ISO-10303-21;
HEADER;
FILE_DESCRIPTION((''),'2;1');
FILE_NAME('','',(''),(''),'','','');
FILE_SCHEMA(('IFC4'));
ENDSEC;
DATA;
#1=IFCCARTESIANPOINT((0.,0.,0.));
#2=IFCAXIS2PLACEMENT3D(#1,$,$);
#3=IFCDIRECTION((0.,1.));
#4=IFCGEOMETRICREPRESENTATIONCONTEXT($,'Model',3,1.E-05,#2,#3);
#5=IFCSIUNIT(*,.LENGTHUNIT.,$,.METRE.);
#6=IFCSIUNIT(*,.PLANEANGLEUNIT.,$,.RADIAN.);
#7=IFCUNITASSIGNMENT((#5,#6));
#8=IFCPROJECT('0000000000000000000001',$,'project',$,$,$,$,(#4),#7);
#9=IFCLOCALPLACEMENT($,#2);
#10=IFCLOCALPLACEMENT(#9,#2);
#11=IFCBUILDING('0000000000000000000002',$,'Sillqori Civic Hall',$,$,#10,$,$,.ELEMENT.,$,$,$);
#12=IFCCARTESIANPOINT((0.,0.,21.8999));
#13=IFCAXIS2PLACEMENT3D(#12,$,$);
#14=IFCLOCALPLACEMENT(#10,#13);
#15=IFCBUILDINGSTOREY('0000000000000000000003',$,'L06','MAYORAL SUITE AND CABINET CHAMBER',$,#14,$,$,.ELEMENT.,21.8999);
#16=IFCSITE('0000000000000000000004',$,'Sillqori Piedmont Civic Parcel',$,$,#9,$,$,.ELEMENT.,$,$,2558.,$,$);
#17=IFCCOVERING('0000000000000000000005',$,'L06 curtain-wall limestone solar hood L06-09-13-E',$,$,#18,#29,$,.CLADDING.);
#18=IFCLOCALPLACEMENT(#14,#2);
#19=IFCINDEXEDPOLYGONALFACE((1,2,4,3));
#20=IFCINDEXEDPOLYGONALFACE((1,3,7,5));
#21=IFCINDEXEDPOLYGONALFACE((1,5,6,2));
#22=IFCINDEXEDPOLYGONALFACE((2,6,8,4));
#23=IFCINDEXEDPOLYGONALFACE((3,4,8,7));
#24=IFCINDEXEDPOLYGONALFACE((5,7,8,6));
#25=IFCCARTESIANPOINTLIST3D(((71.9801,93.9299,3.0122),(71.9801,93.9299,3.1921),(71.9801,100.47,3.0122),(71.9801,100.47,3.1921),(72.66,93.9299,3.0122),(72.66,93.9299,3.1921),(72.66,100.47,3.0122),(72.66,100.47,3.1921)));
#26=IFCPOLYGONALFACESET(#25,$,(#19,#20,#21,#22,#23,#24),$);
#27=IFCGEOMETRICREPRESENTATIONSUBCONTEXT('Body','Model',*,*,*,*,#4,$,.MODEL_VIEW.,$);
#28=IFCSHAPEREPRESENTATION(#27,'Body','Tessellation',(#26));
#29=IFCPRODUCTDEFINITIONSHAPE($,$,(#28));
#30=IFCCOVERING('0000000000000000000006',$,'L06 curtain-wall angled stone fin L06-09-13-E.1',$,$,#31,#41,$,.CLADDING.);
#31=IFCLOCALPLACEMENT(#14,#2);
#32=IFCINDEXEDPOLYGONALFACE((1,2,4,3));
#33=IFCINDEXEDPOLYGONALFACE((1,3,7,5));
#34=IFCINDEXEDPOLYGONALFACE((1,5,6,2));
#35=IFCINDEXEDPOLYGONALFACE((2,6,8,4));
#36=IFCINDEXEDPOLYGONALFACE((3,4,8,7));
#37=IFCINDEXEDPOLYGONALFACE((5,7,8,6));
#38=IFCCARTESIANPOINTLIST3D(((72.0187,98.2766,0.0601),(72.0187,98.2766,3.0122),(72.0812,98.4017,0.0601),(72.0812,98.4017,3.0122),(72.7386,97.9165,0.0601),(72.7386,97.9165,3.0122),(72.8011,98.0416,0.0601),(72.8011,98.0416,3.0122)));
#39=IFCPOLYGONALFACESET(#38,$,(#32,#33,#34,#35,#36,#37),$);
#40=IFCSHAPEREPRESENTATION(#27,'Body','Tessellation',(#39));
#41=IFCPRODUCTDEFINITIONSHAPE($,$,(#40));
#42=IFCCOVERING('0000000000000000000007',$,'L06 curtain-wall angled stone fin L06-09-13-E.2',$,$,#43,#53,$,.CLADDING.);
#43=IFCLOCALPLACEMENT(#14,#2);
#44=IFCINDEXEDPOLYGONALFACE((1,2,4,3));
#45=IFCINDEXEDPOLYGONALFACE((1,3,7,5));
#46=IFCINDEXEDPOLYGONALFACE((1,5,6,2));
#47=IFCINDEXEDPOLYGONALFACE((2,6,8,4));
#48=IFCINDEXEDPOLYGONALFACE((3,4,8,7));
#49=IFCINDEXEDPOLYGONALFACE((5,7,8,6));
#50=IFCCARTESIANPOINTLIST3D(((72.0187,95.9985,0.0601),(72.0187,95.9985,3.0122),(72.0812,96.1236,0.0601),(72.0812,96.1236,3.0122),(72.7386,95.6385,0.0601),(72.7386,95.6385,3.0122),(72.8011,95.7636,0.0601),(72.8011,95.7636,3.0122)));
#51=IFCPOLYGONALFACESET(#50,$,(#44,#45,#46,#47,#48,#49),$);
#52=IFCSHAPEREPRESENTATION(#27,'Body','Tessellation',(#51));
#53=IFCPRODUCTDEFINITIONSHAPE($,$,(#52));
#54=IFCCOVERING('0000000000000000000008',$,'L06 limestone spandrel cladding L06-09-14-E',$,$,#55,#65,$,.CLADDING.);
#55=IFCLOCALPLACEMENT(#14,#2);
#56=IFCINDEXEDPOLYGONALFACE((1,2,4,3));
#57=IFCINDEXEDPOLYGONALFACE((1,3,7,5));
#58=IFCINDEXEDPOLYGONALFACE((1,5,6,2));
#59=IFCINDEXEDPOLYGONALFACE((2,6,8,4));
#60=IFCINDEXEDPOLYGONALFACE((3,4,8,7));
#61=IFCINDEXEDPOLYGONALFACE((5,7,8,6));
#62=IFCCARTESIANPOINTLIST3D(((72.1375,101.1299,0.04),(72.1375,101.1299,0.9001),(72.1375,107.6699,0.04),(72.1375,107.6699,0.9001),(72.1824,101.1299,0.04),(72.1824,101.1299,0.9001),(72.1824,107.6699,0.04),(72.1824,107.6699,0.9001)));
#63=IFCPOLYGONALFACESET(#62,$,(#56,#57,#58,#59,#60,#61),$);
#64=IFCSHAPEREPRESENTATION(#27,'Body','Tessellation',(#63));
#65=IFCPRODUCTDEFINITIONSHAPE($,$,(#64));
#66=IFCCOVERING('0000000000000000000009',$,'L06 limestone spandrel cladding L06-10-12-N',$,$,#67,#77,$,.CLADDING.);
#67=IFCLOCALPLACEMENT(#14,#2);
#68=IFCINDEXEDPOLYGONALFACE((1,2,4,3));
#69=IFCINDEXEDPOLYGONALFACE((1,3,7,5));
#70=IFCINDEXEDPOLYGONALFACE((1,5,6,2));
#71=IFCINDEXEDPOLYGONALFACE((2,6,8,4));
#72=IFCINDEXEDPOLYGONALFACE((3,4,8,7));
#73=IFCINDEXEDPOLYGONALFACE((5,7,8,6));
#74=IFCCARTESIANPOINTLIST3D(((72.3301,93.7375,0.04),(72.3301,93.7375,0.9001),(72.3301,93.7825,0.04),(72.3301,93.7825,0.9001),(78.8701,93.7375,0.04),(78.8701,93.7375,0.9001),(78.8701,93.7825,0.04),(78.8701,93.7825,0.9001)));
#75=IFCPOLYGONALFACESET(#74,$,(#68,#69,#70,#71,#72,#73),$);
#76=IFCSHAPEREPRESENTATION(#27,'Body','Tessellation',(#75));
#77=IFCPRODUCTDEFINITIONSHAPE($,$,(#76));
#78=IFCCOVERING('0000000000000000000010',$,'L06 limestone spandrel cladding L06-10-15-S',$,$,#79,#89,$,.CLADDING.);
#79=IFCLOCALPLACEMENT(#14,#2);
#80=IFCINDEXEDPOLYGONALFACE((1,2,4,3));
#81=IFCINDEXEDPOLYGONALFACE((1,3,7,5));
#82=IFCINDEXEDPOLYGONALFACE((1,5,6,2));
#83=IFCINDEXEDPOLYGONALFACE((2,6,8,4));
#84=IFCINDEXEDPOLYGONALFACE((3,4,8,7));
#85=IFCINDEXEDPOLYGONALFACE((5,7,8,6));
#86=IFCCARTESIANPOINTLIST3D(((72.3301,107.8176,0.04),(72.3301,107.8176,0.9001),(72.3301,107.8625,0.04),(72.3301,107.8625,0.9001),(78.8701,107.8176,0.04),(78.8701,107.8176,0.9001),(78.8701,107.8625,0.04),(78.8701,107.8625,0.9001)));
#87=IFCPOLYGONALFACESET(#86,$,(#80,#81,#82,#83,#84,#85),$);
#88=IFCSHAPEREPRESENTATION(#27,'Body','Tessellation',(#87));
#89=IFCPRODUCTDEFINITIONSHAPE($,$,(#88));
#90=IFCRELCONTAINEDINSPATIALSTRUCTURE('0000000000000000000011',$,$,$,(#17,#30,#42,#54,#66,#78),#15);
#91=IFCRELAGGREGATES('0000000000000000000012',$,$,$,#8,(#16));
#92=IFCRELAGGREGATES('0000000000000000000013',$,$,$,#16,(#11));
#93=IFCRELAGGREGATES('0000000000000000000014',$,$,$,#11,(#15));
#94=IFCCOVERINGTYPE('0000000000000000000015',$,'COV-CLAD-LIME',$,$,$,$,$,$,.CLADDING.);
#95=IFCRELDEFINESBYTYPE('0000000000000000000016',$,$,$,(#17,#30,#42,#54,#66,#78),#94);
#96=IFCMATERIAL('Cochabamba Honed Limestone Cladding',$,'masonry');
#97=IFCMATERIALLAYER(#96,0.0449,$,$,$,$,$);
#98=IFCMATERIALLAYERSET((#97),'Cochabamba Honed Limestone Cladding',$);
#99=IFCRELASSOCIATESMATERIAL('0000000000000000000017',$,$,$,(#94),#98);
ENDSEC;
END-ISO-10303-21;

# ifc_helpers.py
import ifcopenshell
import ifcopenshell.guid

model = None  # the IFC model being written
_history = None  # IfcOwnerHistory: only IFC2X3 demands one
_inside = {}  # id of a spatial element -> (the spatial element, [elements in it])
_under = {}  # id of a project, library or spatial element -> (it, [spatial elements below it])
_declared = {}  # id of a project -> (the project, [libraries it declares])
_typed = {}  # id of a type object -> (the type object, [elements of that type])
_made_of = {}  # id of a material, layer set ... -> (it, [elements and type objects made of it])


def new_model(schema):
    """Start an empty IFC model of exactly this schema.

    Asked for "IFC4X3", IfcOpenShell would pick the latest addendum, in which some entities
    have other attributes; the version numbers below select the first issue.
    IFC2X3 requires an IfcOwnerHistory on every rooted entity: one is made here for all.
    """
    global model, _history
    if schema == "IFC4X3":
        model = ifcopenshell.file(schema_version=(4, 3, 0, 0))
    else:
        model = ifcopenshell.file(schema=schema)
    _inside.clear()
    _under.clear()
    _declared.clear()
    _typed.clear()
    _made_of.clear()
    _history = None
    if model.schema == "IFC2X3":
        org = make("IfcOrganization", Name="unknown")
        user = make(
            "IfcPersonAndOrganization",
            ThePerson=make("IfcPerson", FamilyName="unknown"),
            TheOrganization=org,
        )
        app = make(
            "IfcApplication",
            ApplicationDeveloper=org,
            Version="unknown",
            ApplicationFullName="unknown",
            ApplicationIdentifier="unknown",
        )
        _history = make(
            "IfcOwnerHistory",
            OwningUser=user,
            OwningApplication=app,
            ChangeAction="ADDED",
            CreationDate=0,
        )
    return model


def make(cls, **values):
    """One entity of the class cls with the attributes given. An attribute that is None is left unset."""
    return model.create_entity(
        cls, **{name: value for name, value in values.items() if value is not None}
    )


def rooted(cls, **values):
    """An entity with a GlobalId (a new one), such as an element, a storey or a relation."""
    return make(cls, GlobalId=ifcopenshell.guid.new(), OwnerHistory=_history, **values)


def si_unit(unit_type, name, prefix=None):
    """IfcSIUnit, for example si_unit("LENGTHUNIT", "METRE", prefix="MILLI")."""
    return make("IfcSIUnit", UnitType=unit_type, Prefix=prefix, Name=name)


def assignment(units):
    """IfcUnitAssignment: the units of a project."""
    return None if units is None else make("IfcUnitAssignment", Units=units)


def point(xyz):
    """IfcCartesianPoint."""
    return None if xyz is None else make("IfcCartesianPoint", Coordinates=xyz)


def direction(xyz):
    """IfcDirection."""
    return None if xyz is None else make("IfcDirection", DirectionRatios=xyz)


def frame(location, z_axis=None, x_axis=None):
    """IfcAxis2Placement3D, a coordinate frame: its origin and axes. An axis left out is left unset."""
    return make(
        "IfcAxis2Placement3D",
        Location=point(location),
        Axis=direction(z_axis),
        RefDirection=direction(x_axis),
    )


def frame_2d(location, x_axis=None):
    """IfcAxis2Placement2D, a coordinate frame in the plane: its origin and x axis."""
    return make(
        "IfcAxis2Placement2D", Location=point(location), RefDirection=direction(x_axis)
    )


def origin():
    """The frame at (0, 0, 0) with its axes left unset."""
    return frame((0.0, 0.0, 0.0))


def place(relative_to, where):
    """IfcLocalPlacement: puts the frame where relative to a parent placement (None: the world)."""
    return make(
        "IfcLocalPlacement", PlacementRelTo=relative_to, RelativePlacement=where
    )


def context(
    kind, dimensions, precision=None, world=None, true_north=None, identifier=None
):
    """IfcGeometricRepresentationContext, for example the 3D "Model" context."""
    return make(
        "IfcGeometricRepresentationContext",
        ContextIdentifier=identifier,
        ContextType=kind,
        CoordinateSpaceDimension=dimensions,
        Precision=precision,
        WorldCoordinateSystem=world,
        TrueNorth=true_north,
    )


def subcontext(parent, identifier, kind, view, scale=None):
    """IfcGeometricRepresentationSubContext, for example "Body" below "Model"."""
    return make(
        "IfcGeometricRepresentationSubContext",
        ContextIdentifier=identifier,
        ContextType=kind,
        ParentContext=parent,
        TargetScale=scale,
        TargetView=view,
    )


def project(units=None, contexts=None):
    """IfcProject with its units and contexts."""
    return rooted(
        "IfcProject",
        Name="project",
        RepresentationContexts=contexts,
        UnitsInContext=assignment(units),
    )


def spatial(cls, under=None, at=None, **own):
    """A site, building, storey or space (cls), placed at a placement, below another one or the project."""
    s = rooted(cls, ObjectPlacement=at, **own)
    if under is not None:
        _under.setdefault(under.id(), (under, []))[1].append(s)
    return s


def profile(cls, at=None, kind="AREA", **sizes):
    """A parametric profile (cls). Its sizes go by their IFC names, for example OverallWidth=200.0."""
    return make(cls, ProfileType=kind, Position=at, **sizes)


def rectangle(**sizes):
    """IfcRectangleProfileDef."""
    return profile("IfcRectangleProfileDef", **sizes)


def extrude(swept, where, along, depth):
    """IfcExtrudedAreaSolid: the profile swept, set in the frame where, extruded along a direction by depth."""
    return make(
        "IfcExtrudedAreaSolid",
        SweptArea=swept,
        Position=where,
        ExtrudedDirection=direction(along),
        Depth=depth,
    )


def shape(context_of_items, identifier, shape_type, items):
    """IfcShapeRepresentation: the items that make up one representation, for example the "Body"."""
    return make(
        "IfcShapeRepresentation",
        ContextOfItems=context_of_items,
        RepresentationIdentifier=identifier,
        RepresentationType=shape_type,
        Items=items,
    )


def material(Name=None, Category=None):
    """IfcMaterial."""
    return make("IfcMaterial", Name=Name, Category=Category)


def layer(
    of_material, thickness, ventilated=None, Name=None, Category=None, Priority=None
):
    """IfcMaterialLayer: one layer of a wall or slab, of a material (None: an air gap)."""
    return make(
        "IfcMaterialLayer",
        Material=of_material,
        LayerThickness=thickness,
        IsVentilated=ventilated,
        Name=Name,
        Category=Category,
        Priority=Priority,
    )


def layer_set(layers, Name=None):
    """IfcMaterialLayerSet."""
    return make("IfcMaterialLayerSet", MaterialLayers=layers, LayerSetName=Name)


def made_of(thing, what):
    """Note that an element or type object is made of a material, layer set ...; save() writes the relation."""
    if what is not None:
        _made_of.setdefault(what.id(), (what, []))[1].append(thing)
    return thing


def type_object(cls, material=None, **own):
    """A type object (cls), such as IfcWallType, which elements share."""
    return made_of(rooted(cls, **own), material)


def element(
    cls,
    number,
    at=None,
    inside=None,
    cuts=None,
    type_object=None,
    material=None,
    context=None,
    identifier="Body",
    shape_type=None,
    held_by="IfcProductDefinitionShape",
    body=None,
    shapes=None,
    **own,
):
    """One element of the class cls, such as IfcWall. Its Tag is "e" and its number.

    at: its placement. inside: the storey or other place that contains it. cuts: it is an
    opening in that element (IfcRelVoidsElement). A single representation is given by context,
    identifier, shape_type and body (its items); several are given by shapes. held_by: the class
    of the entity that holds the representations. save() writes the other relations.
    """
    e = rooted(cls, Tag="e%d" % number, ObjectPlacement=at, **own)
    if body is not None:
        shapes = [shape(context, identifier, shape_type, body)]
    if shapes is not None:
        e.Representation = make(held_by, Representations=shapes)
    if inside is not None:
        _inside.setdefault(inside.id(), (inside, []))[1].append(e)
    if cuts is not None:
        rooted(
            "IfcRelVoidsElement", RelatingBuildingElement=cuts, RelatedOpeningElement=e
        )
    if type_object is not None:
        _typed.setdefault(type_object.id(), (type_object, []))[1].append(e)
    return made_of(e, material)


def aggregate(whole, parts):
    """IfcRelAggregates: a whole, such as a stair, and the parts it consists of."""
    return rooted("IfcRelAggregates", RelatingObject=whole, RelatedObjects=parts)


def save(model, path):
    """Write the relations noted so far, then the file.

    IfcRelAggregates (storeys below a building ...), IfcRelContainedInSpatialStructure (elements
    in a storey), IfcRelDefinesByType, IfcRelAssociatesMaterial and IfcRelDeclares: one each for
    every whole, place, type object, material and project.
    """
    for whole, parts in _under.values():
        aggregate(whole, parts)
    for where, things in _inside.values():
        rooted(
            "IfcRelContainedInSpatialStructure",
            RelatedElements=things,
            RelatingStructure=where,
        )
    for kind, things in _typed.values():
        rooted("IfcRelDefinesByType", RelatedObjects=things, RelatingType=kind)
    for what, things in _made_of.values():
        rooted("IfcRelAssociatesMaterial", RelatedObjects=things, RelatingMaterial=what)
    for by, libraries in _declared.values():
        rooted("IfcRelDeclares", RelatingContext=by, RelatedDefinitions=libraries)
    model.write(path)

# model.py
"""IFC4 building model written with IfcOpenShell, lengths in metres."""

from ifc_helpers import new_model, si_unit, direction, frame, frame_2d, origin, place, context, subcontext, project, spatial, rectangle, extrude, material, layer, layer_set, type_object, element, save


model = new_model("IFC4")

# Units and contexts
model_context = context("Model", 3, precision=1e-05, world=origin(), true_north=direction((0.0, 1.0)))
body_context = subcontext(model_context, "Body", "Model", "MODEL_VIEW")
ifc_project = project(units=[si_unit("LENGTHUNIT", "METRE"), si_unit("PLANEANGLEUNIT", "RADIAN")], contexts=[model_context])

# Site, building, storey
site_placement = place(None, origin())
site = spatial("IfcSite", under=ifc_project, at=site_placement, Name="Sillqori Piedmont Civic Parcel", CompositionType="ELEMENT", RefElevation=2558.0)
building_placement = place(site_placement, origin())
building = spatial("IfcBuilding", under=site, at=building_placement, Name="Sillqori Civic Hall", CompositionType="ELEMENT")
storey_placement = place(building_placement, frame((0.0, 0.0, 21.8999)))
storey = spatial("IfcBuildingStorey", under=building, at=storey_placement, Name="L06", Description="MAYORAL SUITE AND CABINET CHAMBER", CompositionType="ELEMENT", Elevation=21.8999)

# Coverings
ifc_material_1 = material(Name="Cochabamba Honed Limestone Cladding", Category="masonry")
ifc_layer_1 = layer(ifc_material_1, 0.0449)
ifc_layer_set_1 = layer_set([ifc_layer_1], Name="Cochabamba Honed Limestone Cladding")
covering_type = type_object("IfcCoveringType", Name="COV-CLAD-LIME", PredefinedType="CLADDING", material=ifc_layer_set_1)
covering_placement = place(storey_placement, frame((72.3201, 100.47, 3.0122), z_axis=(0.0, 0.0, 1.0), x_axis=(0.0, -1.0, 0.0)))
element("IfcCovering", 1, at=covering_placement, inside=storey, type_object=covering_type, Name="L06 curtain-wall limestone solar hood L06-09-13-E", PredefinedType="CLADDING", context=body_context, shape_type="SweptSolid", body=[
    extrude(rectangle(XDim=6.54, YDim=0.6799, at=frame_2d((3.27, 0.0))), origin(), (0.0, 0.0, 1.0), 0.1799),
])
for number, where, z_axis, x_axis, name in (
    (2, (72.05, 98.3391, 0.0601), (0.0, 0.0, 1.0), (0.894367, -0.447335, 0.0), "L06 curtain-wall angled stone fin L06-09-13-E.1"),
    (3, (72.05, 96.061, 0.0601), (0.0, 0.0, 1.0), (0.894367, -0.447335, 0.0), "L06 curtain-wall angled stone fin L06-09-13-E.2"),
):
    element("IfcCovering", number, at=place(storey_placement, frame(where, z_axis=z_axis, x_axis=x_axis)), inside=storey, type_object=covering_type, Name=name, PredefinedType="CLADDING", context=body_context, shape_type="SweptSolid", body=[
        extrude(rectangle(XDim=0.8049, YDim=0.1399, at=frame_2d((0.4023, 0.0))), origin(), (0.0, 0.0, 1.0), 2.9521),
    ])
for number, where, z_axis, x_axis, name in (
    (4, (72.1599, 107.6699, 0.04), (0.0, 0.0, 1.0), (0.0, -1.0, 0.0), "L06 limestone spandrel cladding L06-09-14-E"),
    (5, (72.3301, 93.76, 0.04), (0.0, 0.0, 1.0), (1.0, 0.0, 0.0), "L06 limestone spandrel cladding L06-10-12-N"),
    (6, (78.8701, 107.8401, 0.04), (0.0, 0.0, 1.0), (-1.0, 0.0, 0.0), "L06 limestone spandrel cladding L06-10-15-S"),
):
    element("IfcCovering", number, at=place(storey_placement, frame(where, z_axis=z_axis, x_axis=x_axis)), inside=storey, type_object=covering_type, Name=name, PredefinedType="CLADDING", context=body_context, shape_type="SweptSolid", body=[
        extrude(rectangle(XDim=6.54, YDim=0.0449, at=frame_2d((3.27, 0.0))), origin(), (0.0, 0.0, 1.0), 0.8601),
    ])

save(model, "model.ifc")
